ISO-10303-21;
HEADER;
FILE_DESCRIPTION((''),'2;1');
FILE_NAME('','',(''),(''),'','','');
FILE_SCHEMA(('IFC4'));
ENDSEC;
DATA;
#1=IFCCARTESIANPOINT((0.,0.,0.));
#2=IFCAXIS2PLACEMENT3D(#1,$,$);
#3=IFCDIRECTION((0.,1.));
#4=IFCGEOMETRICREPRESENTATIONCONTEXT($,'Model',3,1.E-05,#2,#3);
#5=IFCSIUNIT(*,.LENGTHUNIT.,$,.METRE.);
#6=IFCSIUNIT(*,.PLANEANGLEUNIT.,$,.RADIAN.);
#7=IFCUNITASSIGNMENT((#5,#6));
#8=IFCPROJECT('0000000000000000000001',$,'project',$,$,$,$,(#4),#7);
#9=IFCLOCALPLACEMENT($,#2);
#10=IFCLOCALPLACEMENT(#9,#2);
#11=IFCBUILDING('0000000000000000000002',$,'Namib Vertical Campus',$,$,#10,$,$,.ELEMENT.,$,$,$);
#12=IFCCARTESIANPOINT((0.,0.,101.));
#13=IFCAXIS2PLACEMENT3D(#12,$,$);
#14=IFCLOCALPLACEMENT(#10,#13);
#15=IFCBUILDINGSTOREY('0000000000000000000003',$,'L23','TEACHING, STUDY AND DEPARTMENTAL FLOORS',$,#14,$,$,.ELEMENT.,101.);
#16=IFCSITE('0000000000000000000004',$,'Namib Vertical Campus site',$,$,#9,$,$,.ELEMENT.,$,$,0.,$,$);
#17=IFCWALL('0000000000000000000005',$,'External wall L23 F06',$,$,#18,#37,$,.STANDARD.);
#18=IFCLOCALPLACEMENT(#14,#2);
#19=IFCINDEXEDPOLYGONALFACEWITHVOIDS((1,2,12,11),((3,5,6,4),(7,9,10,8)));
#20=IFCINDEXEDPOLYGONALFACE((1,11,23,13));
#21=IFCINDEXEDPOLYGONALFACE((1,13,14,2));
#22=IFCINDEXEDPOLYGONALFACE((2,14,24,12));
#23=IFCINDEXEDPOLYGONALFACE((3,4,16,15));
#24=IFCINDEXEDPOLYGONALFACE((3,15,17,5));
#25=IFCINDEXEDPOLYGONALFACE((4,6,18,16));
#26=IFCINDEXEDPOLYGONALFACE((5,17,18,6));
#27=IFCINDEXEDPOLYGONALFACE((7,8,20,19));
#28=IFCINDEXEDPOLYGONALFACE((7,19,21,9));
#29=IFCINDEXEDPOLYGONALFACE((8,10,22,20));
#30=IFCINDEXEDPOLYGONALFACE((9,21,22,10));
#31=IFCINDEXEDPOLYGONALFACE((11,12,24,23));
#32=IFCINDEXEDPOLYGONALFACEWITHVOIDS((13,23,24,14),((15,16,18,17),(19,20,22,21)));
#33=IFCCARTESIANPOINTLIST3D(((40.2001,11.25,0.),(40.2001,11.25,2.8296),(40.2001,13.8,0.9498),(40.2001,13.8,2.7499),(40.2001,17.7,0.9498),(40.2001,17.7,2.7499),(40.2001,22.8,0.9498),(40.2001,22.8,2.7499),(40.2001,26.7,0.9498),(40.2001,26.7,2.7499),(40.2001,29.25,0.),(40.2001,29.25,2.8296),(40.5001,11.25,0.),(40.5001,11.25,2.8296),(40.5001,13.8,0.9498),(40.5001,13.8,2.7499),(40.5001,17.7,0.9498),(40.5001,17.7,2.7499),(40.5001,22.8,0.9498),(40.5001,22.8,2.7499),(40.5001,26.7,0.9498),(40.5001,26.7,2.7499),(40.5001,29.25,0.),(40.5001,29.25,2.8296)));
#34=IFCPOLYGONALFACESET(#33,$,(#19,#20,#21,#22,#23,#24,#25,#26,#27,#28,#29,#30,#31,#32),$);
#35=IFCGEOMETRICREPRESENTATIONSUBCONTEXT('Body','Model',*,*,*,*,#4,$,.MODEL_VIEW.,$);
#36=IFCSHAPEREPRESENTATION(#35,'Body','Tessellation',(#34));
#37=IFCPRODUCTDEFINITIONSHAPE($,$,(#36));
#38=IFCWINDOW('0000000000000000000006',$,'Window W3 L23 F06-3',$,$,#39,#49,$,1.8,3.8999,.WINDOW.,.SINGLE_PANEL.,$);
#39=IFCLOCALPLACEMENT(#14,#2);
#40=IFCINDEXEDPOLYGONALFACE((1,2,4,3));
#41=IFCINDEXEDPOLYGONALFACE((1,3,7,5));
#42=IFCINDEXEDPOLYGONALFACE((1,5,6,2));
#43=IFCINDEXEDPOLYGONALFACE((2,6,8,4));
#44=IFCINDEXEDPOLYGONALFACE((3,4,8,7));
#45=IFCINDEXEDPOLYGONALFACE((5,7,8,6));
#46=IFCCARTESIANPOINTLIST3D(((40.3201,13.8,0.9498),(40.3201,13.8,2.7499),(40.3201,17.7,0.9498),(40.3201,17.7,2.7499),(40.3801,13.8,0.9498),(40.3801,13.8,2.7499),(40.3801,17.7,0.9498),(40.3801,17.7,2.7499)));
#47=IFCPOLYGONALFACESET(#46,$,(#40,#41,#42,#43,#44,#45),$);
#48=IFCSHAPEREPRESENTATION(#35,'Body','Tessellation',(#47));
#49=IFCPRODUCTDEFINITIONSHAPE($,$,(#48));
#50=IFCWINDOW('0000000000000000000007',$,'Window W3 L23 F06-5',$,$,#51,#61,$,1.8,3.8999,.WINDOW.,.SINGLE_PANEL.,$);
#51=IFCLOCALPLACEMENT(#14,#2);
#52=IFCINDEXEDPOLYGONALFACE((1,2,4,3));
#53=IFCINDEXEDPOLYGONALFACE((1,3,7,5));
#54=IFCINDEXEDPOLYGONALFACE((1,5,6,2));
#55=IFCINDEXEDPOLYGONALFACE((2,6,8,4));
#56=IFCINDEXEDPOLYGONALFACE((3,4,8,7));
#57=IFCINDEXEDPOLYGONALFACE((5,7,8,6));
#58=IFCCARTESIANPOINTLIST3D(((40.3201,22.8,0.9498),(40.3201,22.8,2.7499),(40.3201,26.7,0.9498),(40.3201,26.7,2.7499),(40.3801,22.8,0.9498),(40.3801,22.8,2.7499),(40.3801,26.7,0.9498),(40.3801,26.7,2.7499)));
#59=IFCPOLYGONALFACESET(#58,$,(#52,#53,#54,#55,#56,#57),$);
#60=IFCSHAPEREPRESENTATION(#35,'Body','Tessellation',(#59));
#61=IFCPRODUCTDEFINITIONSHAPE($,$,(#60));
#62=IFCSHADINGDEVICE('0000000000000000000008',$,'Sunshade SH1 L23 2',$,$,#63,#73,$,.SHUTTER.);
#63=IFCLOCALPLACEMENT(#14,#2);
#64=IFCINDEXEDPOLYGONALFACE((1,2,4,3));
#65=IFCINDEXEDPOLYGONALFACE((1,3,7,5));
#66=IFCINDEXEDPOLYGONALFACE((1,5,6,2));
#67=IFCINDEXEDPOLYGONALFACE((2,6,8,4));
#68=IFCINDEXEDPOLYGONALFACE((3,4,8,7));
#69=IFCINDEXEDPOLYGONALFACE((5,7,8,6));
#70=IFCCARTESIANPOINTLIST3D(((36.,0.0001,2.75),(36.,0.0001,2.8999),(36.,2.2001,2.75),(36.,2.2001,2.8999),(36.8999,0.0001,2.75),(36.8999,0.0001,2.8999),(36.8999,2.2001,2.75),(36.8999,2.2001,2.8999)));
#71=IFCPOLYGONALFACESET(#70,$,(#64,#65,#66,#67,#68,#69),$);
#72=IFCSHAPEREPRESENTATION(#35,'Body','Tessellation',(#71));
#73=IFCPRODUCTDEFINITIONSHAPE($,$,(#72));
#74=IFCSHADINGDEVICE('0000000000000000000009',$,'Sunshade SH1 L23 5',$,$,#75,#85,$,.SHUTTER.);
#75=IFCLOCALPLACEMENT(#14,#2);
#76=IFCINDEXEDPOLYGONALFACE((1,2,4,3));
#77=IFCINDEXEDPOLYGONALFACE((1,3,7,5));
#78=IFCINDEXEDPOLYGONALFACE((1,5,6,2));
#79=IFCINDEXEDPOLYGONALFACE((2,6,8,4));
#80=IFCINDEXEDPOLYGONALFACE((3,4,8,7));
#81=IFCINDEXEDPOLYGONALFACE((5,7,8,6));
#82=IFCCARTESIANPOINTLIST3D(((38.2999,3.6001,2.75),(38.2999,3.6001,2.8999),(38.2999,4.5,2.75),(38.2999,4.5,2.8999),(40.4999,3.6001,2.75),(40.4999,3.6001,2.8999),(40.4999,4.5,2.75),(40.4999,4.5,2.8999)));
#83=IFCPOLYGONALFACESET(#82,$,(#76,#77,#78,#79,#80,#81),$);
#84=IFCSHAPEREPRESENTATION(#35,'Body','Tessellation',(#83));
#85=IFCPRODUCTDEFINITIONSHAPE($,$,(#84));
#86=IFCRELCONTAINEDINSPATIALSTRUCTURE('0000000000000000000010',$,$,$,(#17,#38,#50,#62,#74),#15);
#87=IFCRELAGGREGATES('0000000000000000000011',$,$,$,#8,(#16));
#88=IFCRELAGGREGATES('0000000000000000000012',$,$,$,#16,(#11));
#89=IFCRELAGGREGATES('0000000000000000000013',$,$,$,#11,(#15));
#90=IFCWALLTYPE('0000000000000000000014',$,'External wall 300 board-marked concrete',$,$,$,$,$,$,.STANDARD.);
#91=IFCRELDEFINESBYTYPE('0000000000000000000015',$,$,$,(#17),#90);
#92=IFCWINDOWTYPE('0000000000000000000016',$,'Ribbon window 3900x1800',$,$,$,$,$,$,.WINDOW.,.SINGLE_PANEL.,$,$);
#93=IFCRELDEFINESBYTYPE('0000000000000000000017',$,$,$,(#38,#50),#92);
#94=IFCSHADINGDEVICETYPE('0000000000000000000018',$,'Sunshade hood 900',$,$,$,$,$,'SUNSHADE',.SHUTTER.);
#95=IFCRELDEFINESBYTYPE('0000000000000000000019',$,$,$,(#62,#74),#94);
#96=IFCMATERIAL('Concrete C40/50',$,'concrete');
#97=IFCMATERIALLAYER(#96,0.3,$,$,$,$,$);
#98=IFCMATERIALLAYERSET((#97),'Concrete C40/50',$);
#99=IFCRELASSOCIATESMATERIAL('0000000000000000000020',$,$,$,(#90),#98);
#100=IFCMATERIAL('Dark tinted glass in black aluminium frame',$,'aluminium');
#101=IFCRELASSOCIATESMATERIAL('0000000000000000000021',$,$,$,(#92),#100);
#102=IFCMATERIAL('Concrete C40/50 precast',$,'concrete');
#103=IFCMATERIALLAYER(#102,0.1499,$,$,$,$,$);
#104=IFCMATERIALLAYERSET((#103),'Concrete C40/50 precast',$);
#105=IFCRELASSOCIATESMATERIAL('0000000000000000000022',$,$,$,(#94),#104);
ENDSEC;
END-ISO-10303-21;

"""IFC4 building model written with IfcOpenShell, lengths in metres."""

from ifc_helpers import new_model, si_unit, direction, frame, frame_2d, origin, origin_2d, place, context, subcontext, project, spatial, rectangle, extrude, material, layer, layer_set, type_object, element, fill, save


model = new_model("IFC4")

# Units and contexts
model_context = context("Model", 3, precision=1e-05, world=origin(), true_north=direction((0.0, 1.0)))
body_context = subcontext(model_context, "Body", "Model", "MODEL_VIEW")
ifc_project = project(units=[si_unit("LENGTHUNIT", "METRE"), si_unit("PLANEANGLEUNIT", "RADIAN")], contexts=[model_context])

# Site, building, storey
site_placement = place(None, origin())
site = spatial("IfcSite", under=ifc_project, at=site_placement, Name="Namib Vertical Campus site", CompositionType="ELEMENT", RefElevation=0.0)
building_placement = place(site_placement, origin())
building = spatial("IfcBuilding", under=site, at=building_placement, Name="Namib Vertical Campus", CompositionType="ELEMENT")
storey_placement = place(building_placement, frame((0.0, 0.0, 101.0)))
storey = spatial("IfcBuildingStorey", under=building, at=storey_placement, Name="L23", Description="TEACHING, STUDY AND DEPARTMENTAL FLOORS", CompositionType="ELEMENT", Elevation=101.0)

# Shared definitions
ifc_material_1 = material(Name="Concrete C40/50", Category="concrete")
ifc_layer_1 = layer(ifc_material_1, 0.3)
ifc_layer_set_1 = layer_set([ifc_layer_1], Name="Concrete C40/50")
wall_type_1 = type_object("IfcWallType", Name="External wall 300 board-marked concrete", PredefinedType="STANDARD", material=ifc_layer_set_1)

# Wall, openings, windows
wall_1_placement = place(storey_placement, frame((40.3501, 11.25, 0.0), z_axis=(0.0, 0.0, 1.0), x_axis=(0.0, 1.0, 0.0)))
wall_1 = element("IfcWall", 1, at=wall_1_placement, inside=storey, type_object=wall_type_1, Name="External wall L23 F06", PredefinedType="STANDARD", context=body_context, shape_type="SweptSolid", body=[
    extrude(rectangle(XDim=18.0, YDim=0.3, at=frame_2d((9.0, 0.0))), origin(), (0.0, 0.0, 1.0), 2.8296),
])
opening_1_placement = place(wall_1_placement, frame((2.55, 0.0, 0.95)))
opening_1 = element("IfcOpeningElement", 2, at=opening_1_placement, cuts=wall_1, PredefinedType="OPENING", context=body_context, shape_type="SweptSolid", body=[
    extrude(rectangle(XDim=3.8999, YDim=1.8, at=frame_2d((1.95, 0.8999))), frame((0.0, 0.1599, 0.0), z_axis=(0.0, -1.0, 0.0), x_axis=(1.0, 0.0, 0.0)), (0.0, 0.0, 1.0), 0.3201),
])
opening_2_placement = place(wall_1_placement, frame((11.55, 0.0, 0.95)))
opening_2 = element("IfcOpeningElement", 3, at=opening_2_placement, cuts=wall_1, PredefinedType="OPENING", context=body_context, shape_type="SweptSolid", body=[
    extrude(rectangle(XDim=3.8999, YDim=1.8, at=frame_2d((1.95, 0.8999))), frame((0.0, 0.1599, 0.0), z_axis=(0.0, -1.0, 0.0), x_axis=(1.0, 0.0, 0.0)), (0.0, 0.0, 1.0), 0.3201),
])
ifc_material_2 = material(Name="Dark tinted glass in black aluminium frame", Category="aluminium")
window_type = type_object("IfcWindowType", Name="Ribbon window 3900x1800", PartitioningType="SINGLE_PANEL", PredefinedType="WINDOW", material=ifc_material_2)
window_1_placement = place(opening_1_placement, origin())
window_1 = element("IfcWindow", 4, at=window_1_placement, inside=storey, type_object=window_type, Name="Window W3 L23 F06-3", OverallHeight=1.8, OverallWidth=3.8999, PartitioningType="SINGLE_PANEL", PredefinedType="WINDOW", context=body_context, shape_type="SweptSolid", body=[
    extrude(rectangle(XDim=3.8999, YDim=1.8, at=frame_2d((1.95, 0.8999))), frame((0.0, 0.03, 0.0), z_axis=(0.0, -1.0, 0.0), x_axis=(1.0, 0.0, 0.0)), (0.0, 0.0, 1.0), 0.0601),
])
fill(opening_1, window_1)
window_2_placement = place(opening_2_placement, origin())
window_2 = element("IfcWindow", 5, at=window_2_placement, inside=storey, type_object=window_type, Name="Window W3 L23 F06-5", OverallHeight=1.8, OverallWidth=3.8999, PartitioningType="SINGLE_PANEL", PredefinedType="WINDOW", context=body_context, shape_type="SweptSolid", body=[
    extrude(rectangle(XDim=3.8999, YDim=1.8, at=frame_2d((1.95, 0.8999))), frame((0.0, 0.03, 0.0), z_axis=(0.0, -1.0, 0.0), x_axis=(1.0, 0.0, 0.0)), (0.0, 0.0, 1.0), 0.0601),
])
fill(opening_2, window_2)

# Shading devices
ifc_material_3 = material(Name="Concrete C40/50 precast", Category="concrete")
ifc_layer_2 = layer(ifc_material_3, 0.1499)
ifc_layer_set_2 = layer_set([ifc_layer_2], Name="Concrete C40/50 precast")
shading_device_type = type_object("IfcShadingDeviceType", Name="Sunshade hood 900", ElementType="SUNSHADE", PredefinedType="SHUTTER", material=ifc_layer_set_2)
for number, where, z_axis, x_axis, name in (
    (6, (36.45, 1.1001, 2.75), (0.0, 0.0, 1.0), (0.0, 1.0, 0.0), "Sunshade SH1 L23 2"),
    (7, (39.3999, 4.05, 2.75), (0.0, 0.0, 1.0), (1.0, 0.0, 0.0), "Sunshade SH1 L23 5"),
):
    element("IfcShadingDevice", number, at=place(storey_placement, frame(where, z_axis=z_axis, x_axis=x_axis)), inside=storey, type_object=shading_device_type, Name=name, PredefinedType="SHUTTER", context=body_context, shape_type="SweptSolid", body=[
        extrude(rectangle(XDim=2.2, YDim=0.8999, at=origin_2d()), origin(), (0.0, 0.0, 1.0), 0.1499),
    ])

save(model, "model.ifc")
